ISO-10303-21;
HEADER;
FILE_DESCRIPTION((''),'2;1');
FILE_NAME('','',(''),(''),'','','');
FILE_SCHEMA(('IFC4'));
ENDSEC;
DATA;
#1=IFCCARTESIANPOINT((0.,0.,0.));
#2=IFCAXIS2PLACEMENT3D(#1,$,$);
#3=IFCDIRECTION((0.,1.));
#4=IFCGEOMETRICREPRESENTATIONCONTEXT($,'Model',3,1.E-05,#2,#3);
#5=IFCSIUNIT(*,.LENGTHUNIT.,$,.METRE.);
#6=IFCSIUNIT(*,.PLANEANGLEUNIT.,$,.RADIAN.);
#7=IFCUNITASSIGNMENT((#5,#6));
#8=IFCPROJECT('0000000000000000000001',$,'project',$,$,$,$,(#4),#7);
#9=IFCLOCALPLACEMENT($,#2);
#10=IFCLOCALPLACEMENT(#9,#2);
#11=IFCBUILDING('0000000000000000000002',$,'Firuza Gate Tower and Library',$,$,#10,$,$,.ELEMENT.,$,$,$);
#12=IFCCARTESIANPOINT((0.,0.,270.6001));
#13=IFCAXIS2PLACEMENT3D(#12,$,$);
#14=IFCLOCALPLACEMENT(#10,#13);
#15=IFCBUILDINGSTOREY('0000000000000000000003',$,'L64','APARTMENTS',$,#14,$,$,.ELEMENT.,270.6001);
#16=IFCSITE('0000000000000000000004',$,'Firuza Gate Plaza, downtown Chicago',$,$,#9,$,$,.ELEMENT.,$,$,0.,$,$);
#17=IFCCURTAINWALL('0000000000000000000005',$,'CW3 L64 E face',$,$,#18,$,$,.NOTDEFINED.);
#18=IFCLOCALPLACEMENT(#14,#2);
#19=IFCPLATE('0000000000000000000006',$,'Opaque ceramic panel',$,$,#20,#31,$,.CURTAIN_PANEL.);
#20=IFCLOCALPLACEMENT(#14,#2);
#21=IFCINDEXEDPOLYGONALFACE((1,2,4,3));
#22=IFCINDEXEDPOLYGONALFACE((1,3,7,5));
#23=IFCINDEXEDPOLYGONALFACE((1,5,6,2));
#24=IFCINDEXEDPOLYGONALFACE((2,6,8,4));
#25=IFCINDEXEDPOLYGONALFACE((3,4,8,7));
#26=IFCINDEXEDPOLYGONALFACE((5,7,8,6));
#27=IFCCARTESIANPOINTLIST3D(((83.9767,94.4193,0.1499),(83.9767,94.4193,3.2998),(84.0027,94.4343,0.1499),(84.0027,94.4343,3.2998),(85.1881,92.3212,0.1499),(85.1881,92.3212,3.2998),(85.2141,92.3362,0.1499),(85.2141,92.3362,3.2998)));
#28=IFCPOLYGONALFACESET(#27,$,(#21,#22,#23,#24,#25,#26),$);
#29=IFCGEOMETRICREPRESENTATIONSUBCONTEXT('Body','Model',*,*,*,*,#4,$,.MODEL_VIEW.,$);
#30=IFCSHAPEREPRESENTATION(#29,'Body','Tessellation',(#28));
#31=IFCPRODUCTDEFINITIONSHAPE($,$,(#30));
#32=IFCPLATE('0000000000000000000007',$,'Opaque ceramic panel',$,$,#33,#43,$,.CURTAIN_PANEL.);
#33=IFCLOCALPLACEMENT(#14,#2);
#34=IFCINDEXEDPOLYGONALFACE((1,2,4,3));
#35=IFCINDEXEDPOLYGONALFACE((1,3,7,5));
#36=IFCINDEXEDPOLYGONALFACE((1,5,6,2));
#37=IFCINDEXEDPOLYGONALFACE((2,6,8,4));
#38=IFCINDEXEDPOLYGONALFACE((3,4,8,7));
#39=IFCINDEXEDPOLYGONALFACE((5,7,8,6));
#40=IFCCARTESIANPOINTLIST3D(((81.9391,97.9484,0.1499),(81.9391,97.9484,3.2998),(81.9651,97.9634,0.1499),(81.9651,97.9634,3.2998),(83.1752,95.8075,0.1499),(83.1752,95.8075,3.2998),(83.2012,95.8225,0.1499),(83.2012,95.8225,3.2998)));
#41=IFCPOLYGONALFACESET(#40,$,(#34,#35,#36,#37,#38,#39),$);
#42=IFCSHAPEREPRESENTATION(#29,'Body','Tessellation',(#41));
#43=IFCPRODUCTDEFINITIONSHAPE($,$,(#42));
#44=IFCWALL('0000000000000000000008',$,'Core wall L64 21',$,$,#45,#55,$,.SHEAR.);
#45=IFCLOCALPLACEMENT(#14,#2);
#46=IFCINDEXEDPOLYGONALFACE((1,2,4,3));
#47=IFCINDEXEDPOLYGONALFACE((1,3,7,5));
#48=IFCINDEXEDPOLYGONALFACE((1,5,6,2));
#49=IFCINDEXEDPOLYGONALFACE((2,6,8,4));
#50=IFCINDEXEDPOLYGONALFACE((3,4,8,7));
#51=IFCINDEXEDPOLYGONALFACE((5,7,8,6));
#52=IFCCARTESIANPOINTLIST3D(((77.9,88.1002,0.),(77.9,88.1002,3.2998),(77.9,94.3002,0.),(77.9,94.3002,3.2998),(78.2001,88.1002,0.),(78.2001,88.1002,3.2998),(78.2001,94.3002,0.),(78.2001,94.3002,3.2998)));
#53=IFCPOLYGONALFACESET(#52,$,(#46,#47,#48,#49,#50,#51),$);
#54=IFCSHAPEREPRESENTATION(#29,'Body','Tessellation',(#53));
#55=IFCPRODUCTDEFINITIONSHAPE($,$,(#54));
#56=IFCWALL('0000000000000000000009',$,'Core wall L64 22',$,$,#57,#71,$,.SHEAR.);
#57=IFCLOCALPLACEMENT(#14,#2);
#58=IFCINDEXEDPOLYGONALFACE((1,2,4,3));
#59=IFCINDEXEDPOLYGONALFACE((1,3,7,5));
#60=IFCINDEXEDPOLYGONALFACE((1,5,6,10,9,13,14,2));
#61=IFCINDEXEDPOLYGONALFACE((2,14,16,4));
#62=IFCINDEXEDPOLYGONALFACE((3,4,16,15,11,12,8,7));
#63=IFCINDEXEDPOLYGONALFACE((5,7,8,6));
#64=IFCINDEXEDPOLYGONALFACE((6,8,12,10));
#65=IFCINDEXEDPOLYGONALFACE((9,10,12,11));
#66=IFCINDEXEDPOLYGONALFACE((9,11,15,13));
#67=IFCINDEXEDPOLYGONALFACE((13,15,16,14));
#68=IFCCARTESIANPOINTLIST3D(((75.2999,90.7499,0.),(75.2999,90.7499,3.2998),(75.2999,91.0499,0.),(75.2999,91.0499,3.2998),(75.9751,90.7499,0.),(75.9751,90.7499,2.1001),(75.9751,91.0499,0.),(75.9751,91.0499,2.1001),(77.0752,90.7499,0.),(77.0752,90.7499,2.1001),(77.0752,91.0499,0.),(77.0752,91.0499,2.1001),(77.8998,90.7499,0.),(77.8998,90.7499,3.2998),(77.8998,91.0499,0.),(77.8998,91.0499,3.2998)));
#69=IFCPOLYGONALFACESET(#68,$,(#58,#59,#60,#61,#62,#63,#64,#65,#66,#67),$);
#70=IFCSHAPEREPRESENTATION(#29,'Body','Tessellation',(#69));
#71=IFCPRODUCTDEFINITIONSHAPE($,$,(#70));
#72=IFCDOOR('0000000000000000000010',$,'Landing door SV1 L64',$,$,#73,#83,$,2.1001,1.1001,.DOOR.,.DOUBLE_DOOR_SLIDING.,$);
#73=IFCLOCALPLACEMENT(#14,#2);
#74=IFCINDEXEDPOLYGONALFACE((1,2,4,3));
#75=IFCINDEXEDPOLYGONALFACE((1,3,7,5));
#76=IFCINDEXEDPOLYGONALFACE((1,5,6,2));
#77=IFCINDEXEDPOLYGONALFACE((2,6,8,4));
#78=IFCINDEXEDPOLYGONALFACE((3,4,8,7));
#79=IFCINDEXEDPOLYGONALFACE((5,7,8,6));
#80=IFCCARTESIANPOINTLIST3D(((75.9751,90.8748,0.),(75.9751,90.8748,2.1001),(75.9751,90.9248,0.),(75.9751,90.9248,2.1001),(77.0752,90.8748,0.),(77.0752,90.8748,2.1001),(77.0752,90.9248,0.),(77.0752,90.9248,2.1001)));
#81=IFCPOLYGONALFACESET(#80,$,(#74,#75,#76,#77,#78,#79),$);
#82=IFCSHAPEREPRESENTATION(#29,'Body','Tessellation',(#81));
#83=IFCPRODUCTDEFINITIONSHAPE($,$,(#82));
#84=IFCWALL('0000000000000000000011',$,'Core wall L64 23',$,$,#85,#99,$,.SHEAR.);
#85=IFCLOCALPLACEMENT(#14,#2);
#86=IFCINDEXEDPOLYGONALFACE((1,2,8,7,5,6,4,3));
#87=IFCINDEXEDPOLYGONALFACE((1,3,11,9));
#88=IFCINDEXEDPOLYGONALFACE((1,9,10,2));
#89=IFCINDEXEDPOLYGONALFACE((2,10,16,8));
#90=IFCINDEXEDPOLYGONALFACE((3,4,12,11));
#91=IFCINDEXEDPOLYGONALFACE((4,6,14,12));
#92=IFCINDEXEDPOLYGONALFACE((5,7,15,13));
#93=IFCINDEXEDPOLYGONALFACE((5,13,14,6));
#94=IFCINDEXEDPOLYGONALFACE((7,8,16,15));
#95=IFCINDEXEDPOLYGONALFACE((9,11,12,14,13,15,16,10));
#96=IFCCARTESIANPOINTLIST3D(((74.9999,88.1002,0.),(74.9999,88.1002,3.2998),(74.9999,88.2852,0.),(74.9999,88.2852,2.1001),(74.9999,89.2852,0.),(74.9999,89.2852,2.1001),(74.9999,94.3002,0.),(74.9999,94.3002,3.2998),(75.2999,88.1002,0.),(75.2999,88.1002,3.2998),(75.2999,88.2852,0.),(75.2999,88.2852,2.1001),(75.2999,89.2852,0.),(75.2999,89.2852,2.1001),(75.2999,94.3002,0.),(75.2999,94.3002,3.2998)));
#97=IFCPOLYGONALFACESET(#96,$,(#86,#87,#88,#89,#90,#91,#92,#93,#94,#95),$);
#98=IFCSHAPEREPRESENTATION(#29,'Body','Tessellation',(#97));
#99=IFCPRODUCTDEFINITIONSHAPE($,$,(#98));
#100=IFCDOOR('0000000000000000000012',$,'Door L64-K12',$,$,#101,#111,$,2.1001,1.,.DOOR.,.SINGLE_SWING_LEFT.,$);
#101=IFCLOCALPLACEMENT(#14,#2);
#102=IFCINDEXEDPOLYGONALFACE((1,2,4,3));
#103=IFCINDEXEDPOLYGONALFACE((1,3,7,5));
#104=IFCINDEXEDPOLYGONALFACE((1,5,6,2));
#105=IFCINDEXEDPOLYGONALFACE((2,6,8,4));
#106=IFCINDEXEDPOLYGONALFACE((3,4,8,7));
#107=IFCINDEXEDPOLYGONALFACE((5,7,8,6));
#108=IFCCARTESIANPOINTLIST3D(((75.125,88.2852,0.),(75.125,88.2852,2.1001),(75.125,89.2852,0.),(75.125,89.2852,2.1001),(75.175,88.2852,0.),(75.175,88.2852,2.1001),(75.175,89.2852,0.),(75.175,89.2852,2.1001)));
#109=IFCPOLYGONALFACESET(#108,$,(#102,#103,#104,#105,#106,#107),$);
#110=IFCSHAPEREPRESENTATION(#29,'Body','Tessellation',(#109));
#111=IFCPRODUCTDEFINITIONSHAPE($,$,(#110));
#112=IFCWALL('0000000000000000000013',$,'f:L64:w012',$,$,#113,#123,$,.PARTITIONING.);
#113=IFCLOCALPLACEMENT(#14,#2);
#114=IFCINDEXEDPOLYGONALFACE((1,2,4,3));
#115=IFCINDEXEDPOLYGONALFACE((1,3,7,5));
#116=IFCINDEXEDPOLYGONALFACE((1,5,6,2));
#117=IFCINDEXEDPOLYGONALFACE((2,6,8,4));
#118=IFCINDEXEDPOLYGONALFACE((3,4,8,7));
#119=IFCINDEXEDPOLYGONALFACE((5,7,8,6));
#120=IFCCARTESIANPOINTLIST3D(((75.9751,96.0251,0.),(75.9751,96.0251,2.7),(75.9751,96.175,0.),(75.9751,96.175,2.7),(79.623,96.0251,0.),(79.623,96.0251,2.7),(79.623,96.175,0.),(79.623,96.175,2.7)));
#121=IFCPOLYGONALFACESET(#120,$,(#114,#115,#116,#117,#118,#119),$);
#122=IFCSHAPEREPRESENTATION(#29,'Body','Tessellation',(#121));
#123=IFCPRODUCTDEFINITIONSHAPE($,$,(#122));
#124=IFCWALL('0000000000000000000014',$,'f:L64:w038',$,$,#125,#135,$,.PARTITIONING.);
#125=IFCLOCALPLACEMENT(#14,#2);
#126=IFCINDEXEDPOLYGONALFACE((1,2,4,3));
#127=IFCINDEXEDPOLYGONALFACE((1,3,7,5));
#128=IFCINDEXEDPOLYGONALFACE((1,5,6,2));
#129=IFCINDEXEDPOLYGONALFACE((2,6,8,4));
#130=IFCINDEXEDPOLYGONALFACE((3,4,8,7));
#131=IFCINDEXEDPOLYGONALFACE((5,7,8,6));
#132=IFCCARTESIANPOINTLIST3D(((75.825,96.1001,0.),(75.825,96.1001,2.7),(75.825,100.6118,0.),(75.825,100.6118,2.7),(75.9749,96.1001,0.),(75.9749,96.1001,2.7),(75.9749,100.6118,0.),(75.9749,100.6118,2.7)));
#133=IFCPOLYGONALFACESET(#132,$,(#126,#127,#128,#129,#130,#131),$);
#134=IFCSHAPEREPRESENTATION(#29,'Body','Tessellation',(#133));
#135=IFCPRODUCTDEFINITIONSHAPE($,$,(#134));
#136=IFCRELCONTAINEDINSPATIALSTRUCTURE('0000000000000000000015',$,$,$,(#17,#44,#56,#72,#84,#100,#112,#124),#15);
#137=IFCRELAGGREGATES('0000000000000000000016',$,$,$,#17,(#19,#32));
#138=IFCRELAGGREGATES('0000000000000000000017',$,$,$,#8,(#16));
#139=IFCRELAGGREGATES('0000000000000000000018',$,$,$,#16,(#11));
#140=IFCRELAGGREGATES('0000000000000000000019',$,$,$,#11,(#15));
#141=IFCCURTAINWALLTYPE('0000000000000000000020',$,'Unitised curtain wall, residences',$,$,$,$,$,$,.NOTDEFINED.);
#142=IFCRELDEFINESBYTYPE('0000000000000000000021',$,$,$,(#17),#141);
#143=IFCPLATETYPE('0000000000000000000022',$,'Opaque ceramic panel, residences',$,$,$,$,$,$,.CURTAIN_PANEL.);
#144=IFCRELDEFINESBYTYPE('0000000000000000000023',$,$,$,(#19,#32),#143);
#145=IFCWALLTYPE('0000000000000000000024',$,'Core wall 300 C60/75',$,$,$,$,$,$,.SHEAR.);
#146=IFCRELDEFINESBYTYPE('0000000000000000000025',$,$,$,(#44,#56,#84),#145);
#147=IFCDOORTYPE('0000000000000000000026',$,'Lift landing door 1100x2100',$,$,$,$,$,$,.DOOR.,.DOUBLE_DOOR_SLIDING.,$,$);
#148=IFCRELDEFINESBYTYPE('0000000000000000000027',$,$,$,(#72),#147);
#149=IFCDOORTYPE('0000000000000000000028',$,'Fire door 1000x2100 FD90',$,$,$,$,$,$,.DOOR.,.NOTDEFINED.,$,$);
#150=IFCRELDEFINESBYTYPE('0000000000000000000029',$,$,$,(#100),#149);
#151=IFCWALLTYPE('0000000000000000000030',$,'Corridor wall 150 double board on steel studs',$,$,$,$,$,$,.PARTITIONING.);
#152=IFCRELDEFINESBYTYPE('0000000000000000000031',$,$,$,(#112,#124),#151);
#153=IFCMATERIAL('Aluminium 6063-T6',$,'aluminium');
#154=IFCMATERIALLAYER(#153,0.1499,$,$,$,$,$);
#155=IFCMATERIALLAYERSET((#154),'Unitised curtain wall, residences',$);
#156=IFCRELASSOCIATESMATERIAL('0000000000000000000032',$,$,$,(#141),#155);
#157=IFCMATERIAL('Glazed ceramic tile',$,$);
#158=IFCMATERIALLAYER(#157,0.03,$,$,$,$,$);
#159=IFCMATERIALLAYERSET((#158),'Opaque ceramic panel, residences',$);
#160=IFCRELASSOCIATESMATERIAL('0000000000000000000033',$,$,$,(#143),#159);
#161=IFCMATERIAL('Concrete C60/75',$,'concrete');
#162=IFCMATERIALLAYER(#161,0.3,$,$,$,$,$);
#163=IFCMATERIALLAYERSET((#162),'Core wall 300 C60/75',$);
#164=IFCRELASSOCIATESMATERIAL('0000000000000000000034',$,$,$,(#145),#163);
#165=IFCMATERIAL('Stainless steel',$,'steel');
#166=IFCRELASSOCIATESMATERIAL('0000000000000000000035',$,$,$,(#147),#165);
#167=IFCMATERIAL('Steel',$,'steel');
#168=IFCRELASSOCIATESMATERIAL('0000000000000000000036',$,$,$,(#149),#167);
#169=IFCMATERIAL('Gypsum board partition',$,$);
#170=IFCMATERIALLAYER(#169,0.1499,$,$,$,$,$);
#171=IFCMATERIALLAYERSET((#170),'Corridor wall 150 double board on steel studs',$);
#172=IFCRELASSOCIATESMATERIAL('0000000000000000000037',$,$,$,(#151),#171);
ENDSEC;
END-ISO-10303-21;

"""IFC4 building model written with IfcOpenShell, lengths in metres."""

from ifc_helpers import new_model, si_unit, direction, frame, frame_2d, origin, place, context, subcontext, project, spatial, polyline, rectangle, outline, extrude, material, layer, layer_set, type_object, element, fill, aggregate, save


model = new_model("IFC4")

# Units and contexts
model_context = context("Model", 3, precision=1e-05, world=origin(), true_north=direction((0.0, 1.0)))
body_context = subcontext(model_context, "Body", "Model", "MODEL_VIEW")
ifc_project = project(units=[si_unit("LENGTHUNIT", "METRE"), si_unit("PLANEANGLEUNIT", "RADIAN")], contexts=[model_context])

# Site, building, storey
site_placement = place(None, origin())
site = spatial("IfcSite", under=ifc_project, at=site_placement, Name="Firuza Gate Plaza, downtown Chicago", CompositionType="ELEMENT", RefElevation=0.0)
building_placement = place(site_placement, origin())
building = spatial("IfcBuilding", under=site, at=building_placement, Name="Firuza Gate Tower and Library", CompositionType="ELEMENT")
storey_placement = place(building_placement, frame((0.0, 0.0, 270.6001)))
storey = spatial("IfcBuildingStorey", under=building, at=storey_placement, Name="L64", Description="APARTMENTS", CompositionType="ELEMENT", Elevation=270.6001)

# Curtain wall
ifc_material_1 = material(Name="Aluminium 6063-T6", Category="aluminium")
ifc_layer_1 = layer(ifc_material_1, 0.1499)
ifc_layer_set_1 = layer_set([ifc_layer_1], Name="Unitised curtain wall, residences")
curtain_wall_type = type_object("IfcCurtainWallType", Name="Unitised curtain wall, residences", PredefinedType="NOTDEFINED", material=ifc_layer_set_1)
curtain_wall_placement = place(storey_placement, origin())
curtain_wall = element("IfcCurtainWall", 1, at=curtain_wall_placement, inside=storey, type_object=curtain_wall_type, Name="CW3 L64 E face", PredefinedType="NOTDEFINED")

# Plates
ifc_material_2 = material(Name="Glazed ceramic tile")
ifc_layer_2 = layer(ifc_material_2, 0.03)
ifc_layer_set_2 = layer_set([ifc_layer_2], Name="Opaque ceramic panel, residences")
plate_type_1 = type_object("IfcPlateType", Name="Opaque ceramic panel, residences", PredefinedType="CURTAIN_PANEL", material=ifc_layer_set_2)
plate_1_placement = place(storey_placement, frame((85.2141, 92.3362, 0.1499), z_axis=(0.866014, 0.500019, 0.0), x_axis=(-0.500019, 0.866014, 0.0)))
plate_1 = element("IfcPlate", 2, at=plate_1_placement, type_object=plate_type_1, Name="Opaque ceramic panel", PredefinedType="CURTAIN_PANEL", context=body_context, shape_type="SweptSolid", body=[
    extrude(outline(polyline([(0.0, 0.0), (2.4228, 0.0), (2.4228, 3.1499), (0.0, 3.1499), (0.0, 0.0)])), origin(), (0.0, 0.0, -1.0), 0.03),
])
plate_2_placement = place(storey_placement, frame((83.2012, 95.8225, 0.1499), z_axis=(0.866016, 0.500016, 0.0), x_axis=(-0.500016, 0.866016, 0.0)))
plate_2 = element("IfcPlate", 3, at=plate_2_placement, type_object=plate_type_1, Name="Opaque ceramic panel", PredefinedType="CURTAIN_PANEL", context=body_context, shape_type="SweptSolid", body=[
    extrude(outline(polyline([(0.0, 0.0), (2.4721, 0.0), (2.4721, 3.1499), (0.0, 3.1499), (0.0, 0.0)])), origin(), (0.0, 0.0, -1.0), 0.03),
])
aggregate(curtain_wall, [plate_1, plate_2])

# Wall
ifc_material_3 = material(Name="Concrete C60/75", Category="concrete")
ifc_layer_3 = layer(ifc_material_3, 0.3)
ifc_layer_set_3 = layer_set([ifc_layer_3], Name="Core wall 300 C60/75")
wall_type_1 = type_object("IfcWallType", Name="Core wall 300 C60/75", PredefinedType="SHEAR", material=ifc_layer_set_3)
wall_1_placement = place(storey_placement, frame((78.05, 88.1001, 0.0), z_axis=(0.0, 0.0, 1.0), x_axis=(0.0, 1.0, 0.0)))
element("IfcWall", 4, at=wall_1_placement, inside=storey, type_object=wall_type_1, Name="Core wall L64 21", PredefinedType="SHEAR", context=body_context, shape_type="SweptSolid", body=[
    extrude(rectangle(XDim=6.2, YDim=0.3, at=frame_2d((3.1001, 0.0))), origin(), (0.0, 0.0, 1.0), 3.2998),
])

# Walls, openings, doors
wall_2_placement = place(storey_placement, frame((75.3, 90.8999, 0.0), z_axis=(0.0, 0.0, 1.0), x_axis=(1.0, 0.0, 0.0)))
wall_2 = element("IfcWall", 5, at=wall_2_placement, inside=storey, type_object=wall_type_1, Name="Core wall L64 22", PredefinedType="SHEAR", context=body_context, shape_type="SweptSolid", body=[
    extrude(rectangle(XDim=2.5999, YDim=0.3, at=frame_2d((1.2998, 0.0))), origin(), (0.0, 0.0, 1.0), 3.2998),
])
opening_1_placement = place(wall_2_placement, frame((0.675, 0.0, 0.0)))
opening_1 = element("IfcOpeningElement", 6, at=opening_1_placement, cuts=wall_2, PredefinedType="OPENING", context=body_context, shape_type="SweptSolid", body=[
    extrude(rectangle(XDim=1.1001, YDim=2.1001, at=frame_2d((0.55, 1.05))), frame((0.0, 0.1602, 0.0), z_axis=(0.0, -1.0, 0.0), x_axis=(1.0, 0.0, 0.0)), (0.0, 0.0, 1.0), 0.3201),
])
ifc_material_4 = material(Name="Stainless steel", Category="steel")
door_type_1 = type_object("IfcDoorType", Name="Lift landing door 1100x2100", OperationType="DOUBLE_DOOR_SLIDING", PredefinedType="DOOR", material=ifc_material_4)
door_1_placement = place(opening_1_placement, origin())
door_1 = element("IfcDoor", 7, at=door_1_placement, inside=storey, type_object=door_type_1, Name="Landing door SV1 L64", OperationType="DOUBLE_DOOR_SLIDING", OverallHeight=2.1001, OverallWidth=1.1001, PredefinedType="DOOR", context=body_context, shape_type="SweptSolid", body=[
    extrude(rectangle(XDim=1.1001, YDim=2.1001, at=frame_2d((0.55, 1.05))), frame((0.0, 0.0249, 0.0), z_axis=(0.0, -1.0, 0.0), x_axis=(1.0, 0.0, 0.0)), (0.0, 0.0, 1.0), 0.05),
])
fill(opening_1, door_1)
wall_3_placement = place(storey_placement, frame((75.1499, 88.1001, 0.0), z_axis=(0.0, 0.0, 1.0), x_axis=(0.0, 1.0, 0.0)))
wall_3 = element("IfcWall", 8, at=wall_3_placement, inside=storey, type_object=wall_type_1, Name="Core wall L64 23", PredefinedType="SHEAR", context=body_context, shape_type="SweptSolid", body=[
    extrude(rectangle(XDim=6.2, YDim=0.3, at=frame_2d((3.1001, 0.0))), origin(), (0.0, 0.0, 1.0), 3.2998),
])
opening_2_placement = place(wall_3_placement, frame((0.1851, 0.0, 0.0)))
opening_2 = element("IfcOpeningElement", 9, at=opening_2_placement, cuts=wall_3, PredefinedType="OPENING", context=body_context, shape_type="SweptSolid", body=[
    extrude(rectangle(XDim=1.0, YDim=2.1001, at=frame_2d((0.5, 1.05))), frame((0.0, 0.1602, 0.0), z_axis=(0.0, -1.0, 0.0), x_axis=(1.0, 0.0, 0.0)), (0.0, 0.0, 1.0), 0.3201),
])
ifc_material_5 = material(Name="Steel", Category="steel")
door_type_2 = type_object("IfcDoorType", Name="Fire door 1000x2100 FD90", OperationType="NOTDEFINED", PredefinedType="DOOR", material=ifc_material_5)
door_2_placement = place(opening_2_placement, origin())
door_2 = element("IfcDoor", 10, at=door_2_placement, inside=storey, type_object=door_type_2, Name="Door L64-K12", OperationType="SINGLE_SWING_LEFT", OverallHeight=2.1001, OverallWidth=1.0, PredefinedType="DOOR", context=body_context, shape_type="SweptSolid", body=[
    extrude(rectangle(XDim=1.0, YDim=2.1001, at=frame_2d((0.5, 1.05))), frame((0.0, 0.0249, 0.0), z_axis=(0.0, -1.0, 0.0), x_axis=(1.0, 0.0, 0.0)), (0.0, 0.0, 1.0), 0.05),
])
fill(opening_2, door_2)

# Walls
ifc_material_6 = material(Name="Gypsum board partition")
ifc_layer_4 = layer(ifc_material_6, 0.1499)
ifc_layer_set_4 = layer_set([ifc_layer_4], Name="Corridor wall 150 double board on steel studs")
wall_type_2 = type_object("IfcWallType", Name="Corridor wall 150 double board on steel studs", PredefinedType="PARTITIONING", material=ifc_layer_set_4)
wall_4_placement = place(storey_placement, frame((75.9751, 96.1001, 0.0), z_axis=(0.0, 0.0, 1.0), x_axis=(1.0, 0.0, 0.0)))
element("IfcWall", 11, at=wall_4_placement, inside=storey, type_object=wall_type_2, Name="f:L64:w012", PredefinedType="PARTITIONING", context=body_context, shape_type="SweptSolid", body=[
    extrude(rectangle(XDim=3.6479, YDim=0.1499, at=frame_2d((1.824, 0.0))), origin(), (0.0, 0.0, 1.0), 2.7),
])
wall_5_placement = place(storey_placement, frame((75.8999, 96.1001, 0.0), z_axis=(0.0, 0.0, 1.0), x_axis=(0.0, 1.0, 0.0)))
element("IfcWall", 12, at=wall_5_placement, inside=storey, type_object=wall_type_2, Name="f:L64:w038", PredefinedType="PARTITIONING", context=body_context, shape_type="SweptSolid", body=[
    extrude(rectangle(XDim=4.5117, YDim=0.1499, at=frame_2d((2.2559, 0.0))), origin(), (0.0, 0.0, 1.0), 2.7),
])

save(model, "model.ifc")
